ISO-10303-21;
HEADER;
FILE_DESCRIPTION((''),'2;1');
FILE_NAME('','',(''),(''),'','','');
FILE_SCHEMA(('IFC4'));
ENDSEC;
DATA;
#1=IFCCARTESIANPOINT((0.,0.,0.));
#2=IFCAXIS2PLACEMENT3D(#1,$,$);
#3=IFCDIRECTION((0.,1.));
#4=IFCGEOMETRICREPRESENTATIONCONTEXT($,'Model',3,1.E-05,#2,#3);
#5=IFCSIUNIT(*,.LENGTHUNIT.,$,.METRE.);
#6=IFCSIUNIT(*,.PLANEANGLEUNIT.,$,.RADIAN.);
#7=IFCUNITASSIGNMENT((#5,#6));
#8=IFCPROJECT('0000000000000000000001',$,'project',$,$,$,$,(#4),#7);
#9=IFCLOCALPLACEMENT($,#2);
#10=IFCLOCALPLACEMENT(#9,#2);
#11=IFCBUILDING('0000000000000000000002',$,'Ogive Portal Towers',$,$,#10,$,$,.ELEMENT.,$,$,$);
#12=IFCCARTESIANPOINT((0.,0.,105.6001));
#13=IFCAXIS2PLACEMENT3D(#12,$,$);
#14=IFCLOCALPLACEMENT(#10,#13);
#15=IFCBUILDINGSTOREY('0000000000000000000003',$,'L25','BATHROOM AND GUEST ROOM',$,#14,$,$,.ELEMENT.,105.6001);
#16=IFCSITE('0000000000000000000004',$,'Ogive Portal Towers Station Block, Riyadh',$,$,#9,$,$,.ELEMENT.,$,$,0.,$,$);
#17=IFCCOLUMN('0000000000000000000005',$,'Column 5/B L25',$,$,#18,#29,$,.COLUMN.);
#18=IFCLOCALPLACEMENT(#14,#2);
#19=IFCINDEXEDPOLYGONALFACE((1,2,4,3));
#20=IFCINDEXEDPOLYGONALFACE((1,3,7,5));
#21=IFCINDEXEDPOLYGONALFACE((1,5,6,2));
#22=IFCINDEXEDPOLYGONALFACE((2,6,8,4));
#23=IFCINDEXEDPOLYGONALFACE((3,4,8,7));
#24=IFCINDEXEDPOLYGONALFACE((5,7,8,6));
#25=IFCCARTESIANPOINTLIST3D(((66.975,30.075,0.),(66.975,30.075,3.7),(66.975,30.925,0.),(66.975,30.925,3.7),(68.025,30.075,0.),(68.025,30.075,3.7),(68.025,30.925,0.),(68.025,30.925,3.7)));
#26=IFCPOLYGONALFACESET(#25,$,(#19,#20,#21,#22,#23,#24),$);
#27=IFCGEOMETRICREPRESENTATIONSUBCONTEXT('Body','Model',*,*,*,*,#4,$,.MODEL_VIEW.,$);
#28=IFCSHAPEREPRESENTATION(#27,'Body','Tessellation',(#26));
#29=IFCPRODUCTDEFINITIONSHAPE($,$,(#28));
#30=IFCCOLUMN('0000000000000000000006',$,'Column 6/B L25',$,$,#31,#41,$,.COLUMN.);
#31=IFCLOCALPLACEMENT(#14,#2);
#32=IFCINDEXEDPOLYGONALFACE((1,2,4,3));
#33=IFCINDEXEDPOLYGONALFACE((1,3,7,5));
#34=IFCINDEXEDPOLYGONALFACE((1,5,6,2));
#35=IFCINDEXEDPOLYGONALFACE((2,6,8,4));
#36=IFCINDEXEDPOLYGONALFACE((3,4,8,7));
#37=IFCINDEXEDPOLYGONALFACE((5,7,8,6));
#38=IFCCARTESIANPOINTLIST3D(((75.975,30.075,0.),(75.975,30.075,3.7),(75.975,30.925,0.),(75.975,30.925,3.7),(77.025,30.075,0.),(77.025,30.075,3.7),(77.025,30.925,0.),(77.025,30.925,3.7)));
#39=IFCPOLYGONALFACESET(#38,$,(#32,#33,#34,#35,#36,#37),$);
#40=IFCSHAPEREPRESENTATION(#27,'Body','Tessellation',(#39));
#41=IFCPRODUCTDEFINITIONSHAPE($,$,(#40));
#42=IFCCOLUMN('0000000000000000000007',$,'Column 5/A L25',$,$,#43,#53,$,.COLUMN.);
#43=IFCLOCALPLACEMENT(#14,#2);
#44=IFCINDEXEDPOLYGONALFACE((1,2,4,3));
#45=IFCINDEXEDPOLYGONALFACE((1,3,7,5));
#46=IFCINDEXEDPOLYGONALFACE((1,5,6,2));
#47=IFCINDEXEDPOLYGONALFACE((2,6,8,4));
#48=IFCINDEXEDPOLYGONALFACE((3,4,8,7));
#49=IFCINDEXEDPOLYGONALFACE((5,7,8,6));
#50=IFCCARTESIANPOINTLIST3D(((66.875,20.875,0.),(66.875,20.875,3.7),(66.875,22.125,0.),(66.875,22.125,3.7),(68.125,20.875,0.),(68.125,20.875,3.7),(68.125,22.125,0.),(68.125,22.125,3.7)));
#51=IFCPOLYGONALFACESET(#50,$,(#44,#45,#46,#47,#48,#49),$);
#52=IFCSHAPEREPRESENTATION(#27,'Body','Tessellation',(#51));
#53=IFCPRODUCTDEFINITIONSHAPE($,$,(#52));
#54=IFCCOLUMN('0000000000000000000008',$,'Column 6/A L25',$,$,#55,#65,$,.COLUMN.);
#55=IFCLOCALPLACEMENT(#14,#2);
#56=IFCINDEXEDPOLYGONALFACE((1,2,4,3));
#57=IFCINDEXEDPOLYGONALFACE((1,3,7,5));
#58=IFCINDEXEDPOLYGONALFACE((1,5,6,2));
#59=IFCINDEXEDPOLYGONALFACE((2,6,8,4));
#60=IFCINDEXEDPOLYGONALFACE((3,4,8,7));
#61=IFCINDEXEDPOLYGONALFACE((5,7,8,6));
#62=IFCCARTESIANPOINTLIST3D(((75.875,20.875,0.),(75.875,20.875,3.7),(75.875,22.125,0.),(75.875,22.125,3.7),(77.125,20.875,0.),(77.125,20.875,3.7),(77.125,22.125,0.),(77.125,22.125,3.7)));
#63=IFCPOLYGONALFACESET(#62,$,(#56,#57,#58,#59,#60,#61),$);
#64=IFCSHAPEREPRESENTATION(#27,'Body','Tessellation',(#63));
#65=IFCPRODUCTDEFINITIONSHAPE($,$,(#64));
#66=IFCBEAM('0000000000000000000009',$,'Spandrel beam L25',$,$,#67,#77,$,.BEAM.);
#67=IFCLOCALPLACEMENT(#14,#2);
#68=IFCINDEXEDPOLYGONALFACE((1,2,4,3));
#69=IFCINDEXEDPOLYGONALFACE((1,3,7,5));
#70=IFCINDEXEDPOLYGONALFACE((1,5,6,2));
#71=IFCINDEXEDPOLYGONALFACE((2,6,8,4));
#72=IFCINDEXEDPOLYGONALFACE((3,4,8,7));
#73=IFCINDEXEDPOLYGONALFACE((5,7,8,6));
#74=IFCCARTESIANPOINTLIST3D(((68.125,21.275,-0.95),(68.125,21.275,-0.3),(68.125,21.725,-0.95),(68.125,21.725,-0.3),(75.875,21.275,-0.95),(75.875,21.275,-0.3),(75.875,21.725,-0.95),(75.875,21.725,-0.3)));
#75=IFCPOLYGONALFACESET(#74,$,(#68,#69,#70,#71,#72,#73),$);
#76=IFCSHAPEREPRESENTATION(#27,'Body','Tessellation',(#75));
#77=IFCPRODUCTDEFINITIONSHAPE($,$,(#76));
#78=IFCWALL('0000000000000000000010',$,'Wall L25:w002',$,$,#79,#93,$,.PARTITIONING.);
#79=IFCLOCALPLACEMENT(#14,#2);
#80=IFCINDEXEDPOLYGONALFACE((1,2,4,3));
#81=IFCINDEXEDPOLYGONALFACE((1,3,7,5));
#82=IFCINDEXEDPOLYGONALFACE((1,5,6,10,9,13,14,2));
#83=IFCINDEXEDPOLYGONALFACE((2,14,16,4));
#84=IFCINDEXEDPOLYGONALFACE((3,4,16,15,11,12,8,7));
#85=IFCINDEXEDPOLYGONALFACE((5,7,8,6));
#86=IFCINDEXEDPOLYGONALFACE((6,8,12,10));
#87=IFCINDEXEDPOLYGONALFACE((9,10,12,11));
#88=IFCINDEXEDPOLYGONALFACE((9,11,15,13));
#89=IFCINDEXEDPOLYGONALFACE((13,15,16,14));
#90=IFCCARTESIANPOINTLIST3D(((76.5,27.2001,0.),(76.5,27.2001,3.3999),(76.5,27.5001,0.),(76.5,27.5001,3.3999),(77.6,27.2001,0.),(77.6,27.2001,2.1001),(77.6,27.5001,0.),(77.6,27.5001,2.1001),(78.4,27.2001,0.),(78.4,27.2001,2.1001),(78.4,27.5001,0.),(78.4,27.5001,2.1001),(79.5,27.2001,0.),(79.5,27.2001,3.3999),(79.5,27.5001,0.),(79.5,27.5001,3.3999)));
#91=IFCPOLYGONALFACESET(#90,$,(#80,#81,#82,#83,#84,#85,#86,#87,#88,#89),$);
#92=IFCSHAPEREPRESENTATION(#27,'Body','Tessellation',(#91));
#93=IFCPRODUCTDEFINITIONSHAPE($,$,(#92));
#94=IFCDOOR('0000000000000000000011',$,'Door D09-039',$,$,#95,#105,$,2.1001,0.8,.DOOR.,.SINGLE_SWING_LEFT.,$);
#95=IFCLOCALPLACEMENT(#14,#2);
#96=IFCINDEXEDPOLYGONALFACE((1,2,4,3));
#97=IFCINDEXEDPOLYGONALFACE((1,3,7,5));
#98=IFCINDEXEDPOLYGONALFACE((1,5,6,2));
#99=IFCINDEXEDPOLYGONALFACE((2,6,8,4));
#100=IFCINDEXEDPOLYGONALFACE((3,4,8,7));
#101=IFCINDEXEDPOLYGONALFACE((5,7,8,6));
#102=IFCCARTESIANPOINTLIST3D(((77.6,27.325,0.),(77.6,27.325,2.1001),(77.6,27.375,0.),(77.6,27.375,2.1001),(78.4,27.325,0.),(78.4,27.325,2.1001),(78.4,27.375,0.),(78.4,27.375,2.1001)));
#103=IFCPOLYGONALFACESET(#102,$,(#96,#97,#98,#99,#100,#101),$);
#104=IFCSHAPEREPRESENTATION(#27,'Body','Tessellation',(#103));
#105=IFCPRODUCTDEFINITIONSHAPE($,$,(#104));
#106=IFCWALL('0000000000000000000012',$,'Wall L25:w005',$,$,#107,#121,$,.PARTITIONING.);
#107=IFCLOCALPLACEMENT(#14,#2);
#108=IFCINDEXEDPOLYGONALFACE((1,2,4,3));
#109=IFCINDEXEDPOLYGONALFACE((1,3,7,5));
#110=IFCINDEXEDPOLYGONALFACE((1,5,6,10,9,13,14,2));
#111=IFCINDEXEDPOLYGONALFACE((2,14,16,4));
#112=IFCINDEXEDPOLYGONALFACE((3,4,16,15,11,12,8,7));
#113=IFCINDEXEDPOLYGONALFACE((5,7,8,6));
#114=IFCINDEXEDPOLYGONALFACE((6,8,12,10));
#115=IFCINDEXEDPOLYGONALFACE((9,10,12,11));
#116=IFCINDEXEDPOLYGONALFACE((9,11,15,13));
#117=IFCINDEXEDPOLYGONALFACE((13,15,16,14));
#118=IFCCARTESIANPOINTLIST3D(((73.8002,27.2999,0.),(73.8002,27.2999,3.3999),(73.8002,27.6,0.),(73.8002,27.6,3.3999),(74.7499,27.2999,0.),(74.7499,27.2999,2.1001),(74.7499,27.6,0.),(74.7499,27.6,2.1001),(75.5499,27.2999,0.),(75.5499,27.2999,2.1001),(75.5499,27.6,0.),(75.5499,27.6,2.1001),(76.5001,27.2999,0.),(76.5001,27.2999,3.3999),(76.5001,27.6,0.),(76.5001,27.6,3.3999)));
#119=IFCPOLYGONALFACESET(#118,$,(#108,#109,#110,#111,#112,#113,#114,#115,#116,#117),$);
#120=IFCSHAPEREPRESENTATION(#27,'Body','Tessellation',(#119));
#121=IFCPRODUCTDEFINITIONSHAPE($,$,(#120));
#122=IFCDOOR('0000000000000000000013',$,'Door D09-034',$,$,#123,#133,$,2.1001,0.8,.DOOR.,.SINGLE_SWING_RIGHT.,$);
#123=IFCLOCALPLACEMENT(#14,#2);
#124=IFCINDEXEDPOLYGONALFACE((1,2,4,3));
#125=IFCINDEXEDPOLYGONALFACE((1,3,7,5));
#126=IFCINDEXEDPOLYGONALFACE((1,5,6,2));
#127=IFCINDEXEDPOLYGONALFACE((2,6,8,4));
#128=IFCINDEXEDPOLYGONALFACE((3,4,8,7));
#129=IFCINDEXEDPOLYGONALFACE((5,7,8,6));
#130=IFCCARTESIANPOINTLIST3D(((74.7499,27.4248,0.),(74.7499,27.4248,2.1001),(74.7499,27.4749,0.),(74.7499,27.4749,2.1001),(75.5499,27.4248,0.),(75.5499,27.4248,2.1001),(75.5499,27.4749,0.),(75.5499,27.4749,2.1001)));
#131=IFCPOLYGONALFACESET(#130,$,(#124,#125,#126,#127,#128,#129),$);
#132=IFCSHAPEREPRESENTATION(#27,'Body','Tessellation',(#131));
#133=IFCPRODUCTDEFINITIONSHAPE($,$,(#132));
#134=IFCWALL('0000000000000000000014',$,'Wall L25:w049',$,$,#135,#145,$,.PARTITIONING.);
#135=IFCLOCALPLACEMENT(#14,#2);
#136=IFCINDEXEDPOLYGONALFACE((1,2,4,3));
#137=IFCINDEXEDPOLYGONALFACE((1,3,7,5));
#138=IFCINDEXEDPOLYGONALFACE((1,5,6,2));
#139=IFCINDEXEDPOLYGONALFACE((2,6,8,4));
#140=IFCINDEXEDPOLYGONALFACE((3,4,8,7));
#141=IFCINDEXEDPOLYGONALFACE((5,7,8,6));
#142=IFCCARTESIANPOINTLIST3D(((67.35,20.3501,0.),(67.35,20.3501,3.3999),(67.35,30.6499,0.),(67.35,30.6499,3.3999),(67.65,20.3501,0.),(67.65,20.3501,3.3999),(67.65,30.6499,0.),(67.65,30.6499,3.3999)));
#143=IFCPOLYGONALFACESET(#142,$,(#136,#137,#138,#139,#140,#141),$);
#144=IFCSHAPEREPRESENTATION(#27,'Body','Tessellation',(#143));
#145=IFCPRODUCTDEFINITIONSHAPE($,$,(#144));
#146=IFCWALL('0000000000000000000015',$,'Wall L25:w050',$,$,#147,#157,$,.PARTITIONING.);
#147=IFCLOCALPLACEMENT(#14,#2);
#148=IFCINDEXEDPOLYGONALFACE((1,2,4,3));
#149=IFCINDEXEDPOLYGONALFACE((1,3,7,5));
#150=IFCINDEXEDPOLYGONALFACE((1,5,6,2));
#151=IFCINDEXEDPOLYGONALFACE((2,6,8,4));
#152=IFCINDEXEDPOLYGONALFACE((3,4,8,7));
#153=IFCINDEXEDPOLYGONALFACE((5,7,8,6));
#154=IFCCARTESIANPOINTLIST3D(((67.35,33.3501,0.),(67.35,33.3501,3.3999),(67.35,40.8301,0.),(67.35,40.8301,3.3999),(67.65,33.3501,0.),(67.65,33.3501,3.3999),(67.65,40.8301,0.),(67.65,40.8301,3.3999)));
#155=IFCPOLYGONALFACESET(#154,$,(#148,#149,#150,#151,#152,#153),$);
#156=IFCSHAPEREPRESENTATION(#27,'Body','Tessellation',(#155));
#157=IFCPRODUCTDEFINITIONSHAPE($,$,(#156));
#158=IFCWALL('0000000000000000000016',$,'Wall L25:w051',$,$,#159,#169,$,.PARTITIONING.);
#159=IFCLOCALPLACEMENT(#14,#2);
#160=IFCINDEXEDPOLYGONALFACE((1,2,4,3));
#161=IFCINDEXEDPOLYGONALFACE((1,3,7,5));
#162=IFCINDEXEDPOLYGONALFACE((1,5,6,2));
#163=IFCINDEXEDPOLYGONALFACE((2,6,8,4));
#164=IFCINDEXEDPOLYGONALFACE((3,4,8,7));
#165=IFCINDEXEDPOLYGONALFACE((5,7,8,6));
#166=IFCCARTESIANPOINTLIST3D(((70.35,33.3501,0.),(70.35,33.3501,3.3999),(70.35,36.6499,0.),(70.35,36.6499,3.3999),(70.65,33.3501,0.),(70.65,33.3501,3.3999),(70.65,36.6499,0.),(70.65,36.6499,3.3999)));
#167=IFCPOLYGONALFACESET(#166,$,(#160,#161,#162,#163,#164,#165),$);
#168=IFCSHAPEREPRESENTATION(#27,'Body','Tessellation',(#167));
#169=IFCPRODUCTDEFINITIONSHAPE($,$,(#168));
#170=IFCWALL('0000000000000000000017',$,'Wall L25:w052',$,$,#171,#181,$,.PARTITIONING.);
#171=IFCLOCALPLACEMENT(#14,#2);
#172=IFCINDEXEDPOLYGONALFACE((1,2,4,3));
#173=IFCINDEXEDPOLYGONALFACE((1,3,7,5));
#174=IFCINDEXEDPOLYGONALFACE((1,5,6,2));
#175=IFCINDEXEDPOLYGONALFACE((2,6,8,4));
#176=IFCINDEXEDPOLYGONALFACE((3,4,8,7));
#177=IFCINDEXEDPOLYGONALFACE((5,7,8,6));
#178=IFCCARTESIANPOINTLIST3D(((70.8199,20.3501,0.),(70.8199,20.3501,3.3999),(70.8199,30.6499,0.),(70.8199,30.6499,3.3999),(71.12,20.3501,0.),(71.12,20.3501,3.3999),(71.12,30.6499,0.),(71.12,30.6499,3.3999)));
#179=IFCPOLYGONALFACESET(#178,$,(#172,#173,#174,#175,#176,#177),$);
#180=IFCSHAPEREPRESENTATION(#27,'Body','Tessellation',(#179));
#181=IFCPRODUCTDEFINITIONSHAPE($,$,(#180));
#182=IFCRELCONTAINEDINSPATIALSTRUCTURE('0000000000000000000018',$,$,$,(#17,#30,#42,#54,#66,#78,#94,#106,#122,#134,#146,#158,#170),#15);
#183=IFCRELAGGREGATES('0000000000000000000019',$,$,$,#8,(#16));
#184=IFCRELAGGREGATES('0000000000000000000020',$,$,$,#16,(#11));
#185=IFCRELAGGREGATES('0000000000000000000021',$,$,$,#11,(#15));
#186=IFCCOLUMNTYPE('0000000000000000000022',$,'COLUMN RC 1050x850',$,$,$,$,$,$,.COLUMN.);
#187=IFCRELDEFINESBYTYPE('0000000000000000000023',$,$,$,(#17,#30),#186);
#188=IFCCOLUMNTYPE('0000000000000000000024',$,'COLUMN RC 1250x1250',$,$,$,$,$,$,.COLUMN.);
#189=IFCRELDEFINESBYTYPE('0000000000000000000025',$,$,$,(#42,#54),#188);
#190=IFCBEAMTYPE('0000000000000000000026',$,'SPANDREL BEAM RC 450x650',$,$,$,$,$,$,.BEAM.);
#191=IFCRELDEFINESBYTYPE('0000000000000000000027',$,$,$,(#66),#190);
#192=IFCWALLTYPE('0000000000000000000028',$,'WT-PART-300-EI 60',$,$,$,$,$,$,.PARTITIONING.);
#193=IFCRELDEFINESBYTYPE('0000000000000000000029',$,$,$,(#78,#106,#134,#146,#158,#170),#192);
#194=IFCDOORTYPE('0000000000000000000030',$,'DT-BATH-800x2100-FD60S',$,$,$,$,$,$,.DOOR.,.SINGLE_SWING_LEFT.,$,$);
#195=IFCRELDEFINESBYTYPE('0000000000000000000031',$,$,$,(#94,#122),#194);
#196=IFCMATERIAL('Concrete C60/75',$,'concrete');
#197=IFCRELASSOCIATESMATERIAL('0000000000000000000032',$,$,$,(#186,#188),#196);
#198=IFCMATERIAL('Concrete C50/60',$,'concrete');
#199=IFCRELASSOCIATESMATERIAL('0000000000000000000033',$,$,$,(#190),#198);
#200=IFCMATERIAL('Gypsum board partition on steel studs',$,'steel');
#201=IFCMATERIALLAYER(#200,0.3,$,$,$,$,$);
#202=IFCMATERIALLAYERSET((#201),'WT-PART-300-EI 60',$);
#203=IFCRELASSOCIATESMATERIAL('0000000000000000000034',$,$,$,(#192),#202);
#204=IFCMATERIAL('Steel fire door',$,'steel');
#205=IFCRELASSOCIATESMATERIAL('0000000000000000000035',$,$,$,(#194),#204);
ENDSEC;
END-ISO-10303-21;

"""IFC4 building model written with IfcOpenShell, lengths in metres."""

from ifc_helpers import new_model, si_unit, direction, frame, frame_2d, origin, origin_2d, place, context, subcontext, project, spatial, rectangle, extrude, material, layer, layer_set, material_profile, profile_set, type_object, element, fill, save


model = new_model("IFC4")

# Units and contexts
model_context = context("Model", 3, precision=1e-05, world=origin(), true_north=direction((0.0, 1.0)))
body_context = subcontext(model_context, "Body", "Model", "MODEL_VIEW")
ifc_project = project(units=[si_unit("LENGTHUNIT", "METRE"), si_unit("PLANEANGLEUNIT", "RADIAN")], contexts=[model_context])

# Site, building, storey
site_placement = place(None, origin())
site = spatial("IfcSite", under=ifc_project, at=site_placement, Name="Ogive Portal Towers Station Block, Riyadh", CompositionType="ELEMENT", RefElevation=0.0)
building_placement = place(site_placement, origin())
building = spatial("IfcBuilding", under=site, at=building_placement, Name="Ogive Portal Towers", CompositionType="ELEMENT")
storey_placement = place(building_placement, frame((0.0, 0.0, 105.6001)))
storey = spatial("IfcBuildingStorey", under=building, at=storey_placement, Name="L25", Description="BATHROOM AND GUEST ROOM", CompositionType="ELEMENT", Elevation=105.6001)

# Columns
ifc_material_1 = material(Name="Concrete C60/75", Category="concrete")
ifc_material_profile_1 = material_profile(ifc_material_1, rectangle(XDim=1.05, YDim=0.8501, at=origin_2d()), Name="RC 1050x850")
ifc_profile_set_1 = profile_set([ifc_material_profile_1], Name="Concrete C60/75")
column_type_1 = type_object("IfcColumnType", Name="COLUMN RC 1050x850", PredefinedType="COLUMN", material=ifc_profile_set_1)
for number, where, z_axis, x_axis, name in (
    (1, (67.5, 30.5, 0.0), (0.0, 0.0, 1.0), (1.0, 0.0, 0.0), "Column 5/B L25"),
    (2, (76.5, 30.5, 0.0), (0.0, 0.0, 1.0), (1.0, 0.0, 0.0), "Column 6/B L25"),
):
    element("IfcColumn", number, at=place(storey_placement, frame(where, z_axis=z_axis, x_axis=x_axis)), inside=storey, type_object=column_type_1, Name=name, PredefinedType="COLUMN", context=body_context, shape_type="SweptSolid", body=[
        extrude(rectangle(XDim=1.05, YDim=0.8501, at=origin_2d()), origin(), (0.0, 0.0, 1.0), 3.7),
    ])
ifc_material_profile_2 = material_profile(ifc_material_1, rectangle(XDim=1.25, YDim=1.25, at=origin_2d()), Name="RC 1250x1250")
ifc_profile_set_2 = profile_set([ifc_material_profile_2], Name="Concrete C60/75")
column_type_2 = type_object("IfcColumnType", Name="COLUMN RC 1250x1250", PredefinedType="COLUMN", material=ifc_profile_set_2)
for number, where, z_axis, x_axis, name in (
    (3, (67.5, 21.5, 0.0), (0.0, 0.0, 1.0), (1.0, 0.0, 0.0), "Column 5/A L25"),
    (4, (76.5, 21.5, 0.0), (0.0, 0.0, 1.0), (1.0, 0.0, 0.0), "Column 6/A L25"),
):
    element("IfcColumn", number, at=place(storey_placement, frame(where, z_axis=z_axis, x_axis=x_axis)), inside=storey, type_object=column_type_2, Name=name, PredefinedType="COLUMN", context=body_context, shape_type="SweptSolid", body=[
        extrude(rectangle(XDim=1.25, YDim=1.25, at=origin_2d()), origin(), (0.0, 0.0, 1.0), 3.7),
    ])

# Beam
ifc_material_2 = material(Name="Concrete C50/60", Category="concrete")
ifc_material_profile_3 = material_profile(ifc_material_2, rectangle(XDim=0.45, YDim=0.6499, at=origin_2d()), Name="RC 450x650")
ifc_profile_set_3 = profile_set([ifc_material_profile_3], Name="Concrete C50/60")
beam_type = type_object("IfcBeamType", Name="SPANDREL BEAM RC 450x650", PredefinedType="BEAM", material=ifc_profile_set_3)
beam_placement = place(storey_placement, frame((75.875, 21.5, -0.625), z_axis=(-1.0, 0.0, 0.0), x_axis=(0.0, -1.0, 0.0)))
element("IfcBeam", 5, at=beam_placement, inside=storey, type_object=beam_type, Name="Spandrel beam L25", PredefinedType="BEAM", context=body_context, shape_type="SweptSolid", body=[
    extrude(rectangle(XDim=0.45, YDim=0.6499, at=origin_2d()), origin(), (0.0, 0.0, 1.0), 7.75),
])

# Walls, openings, doors
ifc_material_3 = material(Name="Gypsum board partition on steel studs", Category="steel")
ifc_layer_1 = layer(ifc_material_3, 0.3)
ifc_layer_set_1 = layer_set([ifc_layer_1], Name="WT-PART-300-EI 60")
wall_type = type_object("IfcWallType", Name="WT-PART-300-EI 60", PredefinedType="PARTITIONING", material=ifc_layer_set_1)
wall_1_placement = place(storey_placement, frame((76.5, 27.3501, 0.0), z_axis=(0.0, 0.0, 1.0), x_axis=(1.0, 0.0, 0.0)))
wall_1 = element("IfcWall", 6, at=wall_1_placement, inside=storey, type_object=wall_type, Name="Wall L25:w002", PredefinedType="PARTITIONING", context=body_context, shape_type="SweptSolid", body=[
    extrude(rectangle(XDim=3.0, YDim=0.3, at=frame_2d((1.5, 0.0))), origin(), (0.0, 0.0, 1.0), 3.3999),
])
opening_1_placement = place(wall_1_placement, frame((1.1001, 0.0, 0.0)))
opening_1 = element("IfcOpeningElement", 7, at=opening_1_placement, cuts=wall_1, PredefinedType="OPENING", context=body_context, shape_type="SweptSolid", body=[
    extrude(rectangle(XDim=0.8, YDim=2.1001, at=frame_2d((0.3999, 1.05))), frame((0.0, 0.1602, 0.0), z_axis=(0.0, -1.0, 0.0), x_axis=(1.0, 0.0, 0.0)), (0.0, 0.0, 1.0), 0.3201),
])
ifc_material_4 = material(Name="Steel fire door", Category="steel")
door_type = type_object("IfcDoorType", Name="DT-BATH-800x2100-FD60S", OperationType="SINGLE_SWING_LEFT", PredefinedType="DOOR", material=ifc_material_4)
door_1_placement = place(opening_1_placement, origin())
door_1 = element("IfcDoor", 8, at=door_1_placement, inside=storey, type_object=door_type, Name="Door D09-039", OperationType="SINGLE_SWING_LEFT", OverallHeight=2.1001, OverallWidth=0.8, PredefinedType="DOOR", context=body_context, shape_type="SweptSolid", body=[
    extrude(rectangle(XDim=0.8, YDim=2.1001, at=frame_2d((0.3999, 1.05))), frame((0.0, 0.0249, 0.0), z_axis=(0.0, -1.0, 0.0), x_axis=(1.0, 0.0, 0.0)), (0.0, 0.0, 1.0), 0.05),
])
fill(opening_1, door_1)
wall_2_placement = place(storey_placement, frame((73.8, 27.45, 0.0), z_axis=(0.0, 0.0, 1.0), x_axis=(1.0, 0.0, 0.0)))
wall_2 = element("IfcWall", 9, at=wall_2_placement, inside=storey, type_object=wall_type, Name="Wall L25:w005", PredefinedType="PARTITIONING", context=body_context, shape_type="SweptSolid", body=[
    extrude(rectangle(XDim=2.7, YDim=0.3, at=frame_2d((1.3501, 0.0))), origin(), (0.0, 0.0, 1.0), 3.3999),
])
opening_2_placement = place(wall_2_placement, frame((0.95, 0.0, 0.0)))
opening_2 = element("IfcOpeningElement", 10, at=opening_2_placement, cuts=wall_2, PredefinedType="OPENING", context=body_context, shape_type="SweptSolid", body=[
    extrude(rectangle(XDim=0.8, YDim=2.1001, at=frame_2d((0.3999, 1.05))), frame((0.0, 0.1602, 0.0), z_axis=(0.0, -1.0, 0.0), x_axis=(1.0, 0.0, 0.0)), (0.0, 0.0, 1.0), 0.3201),
])
door_2_placement = place(opening_2_placement, origin())
door_2 = element("IfcDoor", 11, at=door_2_placement, inside=storey, type_object=door_type, Name="Door D09-034", OperationType="SINGLE_SWING_RIGHT", OverallHeight=2.1001, OverallWidth=0.8, PredefinedType="DOOR", context=body_context, shape_type="SweptSolid", body=[
    extrude(rectangle(XDim=0.8, YDim=2.1001, at=frame_2d((0.3999, 1.05))), frame((0.0, 0.0249, 0.0), z_axis=(0.0, -1.0, 0.0), x_axis=(1.0, 0.0, 0.0)), (0.0, 0.0, 1.0), 0.05),
])
fill(opening_2, door_2)

# Walls
wall_3_placement = place(storey_placement, frame((67.5, 20.3501, 0.0), z_axis=(0.0, 0.0, 1.0), x_axis=(0.0, 1.0, 0.0)))
element("IfcWall", 12, at=wall_3_placement, inside=storey, type_object=wall_type, Name="Wall L25:w049", PredefinedType="PARTITIONING", context=body_context, shape_type="SweptSolid", body=[
    extrude(rectangle(XDim=10.2998, YDim=0.3, at=frame_2d((5.1499, 0.0))), origin(), (0.0, 0.0, 1.0), 3.3999),
])
wall_4_placement = place(storey_placement, frame((67.5, 33.3501, 0.0), z_axis=(0.0, 0.0, 1.0), x_axis=(0.0, 1.0, 0.0)))
element("IfcWall", 13, at=wall_4_placement, inside=storey, type_object=wall_type, Name="Wall L25:w050", PredefinedType="PARTITIONING", context=body_context, shape_type="SweptSolid", body=[
    extrude(rectangle(XDim=7.48, YDim=0.3, at=frame_2d((3.74, 0.0))), origin(), (0.0, 0.0, 1.0), 3.3999),
])
wall_5_placement = place(storey_placement, frame((70.5, 33.3501, 0.0), z_axis=(0.0, 0.0, 1.0), x_axis=(0.0, 1.0, 0.0)))
element("IfcWall", 14, at=wall_5_placement, inside=storey, type_object=wall_type, Name="Wall L25:w051", PredefinedType="PARTITIONING", context=body_context, shape_type="SweptSolid", body=[
    extrude(rectangle(XDim=3.2998, YDim=0.3, at=frame_2d((1.6499, 0.0))), origin(), (0.0, 0.0, 1.0), 3.3999),
])
wall_6_placement = place(storey_placement, frame((70.97, 20.3501, 0.0), z_axis=(0.0, 0.0, 1.0), x_axis=(0.0, 1.0, 0.0)))
element("IfcWall", 15, at=wall_6_placement, inside=storey, type_object=wall_type, Name="Wall L25:w052", PredefinedType="PARTITIONING", context=body_context, shape_type="SweptSolid", body=[
    extrude(rectangle(XDim=10.2998, YDim=0.3, at=frame_2d((5.1499, 0.0))), origin(), (0.0, 0.0, 1.0), 3.3999),
])

save(model, "model.ifc")
